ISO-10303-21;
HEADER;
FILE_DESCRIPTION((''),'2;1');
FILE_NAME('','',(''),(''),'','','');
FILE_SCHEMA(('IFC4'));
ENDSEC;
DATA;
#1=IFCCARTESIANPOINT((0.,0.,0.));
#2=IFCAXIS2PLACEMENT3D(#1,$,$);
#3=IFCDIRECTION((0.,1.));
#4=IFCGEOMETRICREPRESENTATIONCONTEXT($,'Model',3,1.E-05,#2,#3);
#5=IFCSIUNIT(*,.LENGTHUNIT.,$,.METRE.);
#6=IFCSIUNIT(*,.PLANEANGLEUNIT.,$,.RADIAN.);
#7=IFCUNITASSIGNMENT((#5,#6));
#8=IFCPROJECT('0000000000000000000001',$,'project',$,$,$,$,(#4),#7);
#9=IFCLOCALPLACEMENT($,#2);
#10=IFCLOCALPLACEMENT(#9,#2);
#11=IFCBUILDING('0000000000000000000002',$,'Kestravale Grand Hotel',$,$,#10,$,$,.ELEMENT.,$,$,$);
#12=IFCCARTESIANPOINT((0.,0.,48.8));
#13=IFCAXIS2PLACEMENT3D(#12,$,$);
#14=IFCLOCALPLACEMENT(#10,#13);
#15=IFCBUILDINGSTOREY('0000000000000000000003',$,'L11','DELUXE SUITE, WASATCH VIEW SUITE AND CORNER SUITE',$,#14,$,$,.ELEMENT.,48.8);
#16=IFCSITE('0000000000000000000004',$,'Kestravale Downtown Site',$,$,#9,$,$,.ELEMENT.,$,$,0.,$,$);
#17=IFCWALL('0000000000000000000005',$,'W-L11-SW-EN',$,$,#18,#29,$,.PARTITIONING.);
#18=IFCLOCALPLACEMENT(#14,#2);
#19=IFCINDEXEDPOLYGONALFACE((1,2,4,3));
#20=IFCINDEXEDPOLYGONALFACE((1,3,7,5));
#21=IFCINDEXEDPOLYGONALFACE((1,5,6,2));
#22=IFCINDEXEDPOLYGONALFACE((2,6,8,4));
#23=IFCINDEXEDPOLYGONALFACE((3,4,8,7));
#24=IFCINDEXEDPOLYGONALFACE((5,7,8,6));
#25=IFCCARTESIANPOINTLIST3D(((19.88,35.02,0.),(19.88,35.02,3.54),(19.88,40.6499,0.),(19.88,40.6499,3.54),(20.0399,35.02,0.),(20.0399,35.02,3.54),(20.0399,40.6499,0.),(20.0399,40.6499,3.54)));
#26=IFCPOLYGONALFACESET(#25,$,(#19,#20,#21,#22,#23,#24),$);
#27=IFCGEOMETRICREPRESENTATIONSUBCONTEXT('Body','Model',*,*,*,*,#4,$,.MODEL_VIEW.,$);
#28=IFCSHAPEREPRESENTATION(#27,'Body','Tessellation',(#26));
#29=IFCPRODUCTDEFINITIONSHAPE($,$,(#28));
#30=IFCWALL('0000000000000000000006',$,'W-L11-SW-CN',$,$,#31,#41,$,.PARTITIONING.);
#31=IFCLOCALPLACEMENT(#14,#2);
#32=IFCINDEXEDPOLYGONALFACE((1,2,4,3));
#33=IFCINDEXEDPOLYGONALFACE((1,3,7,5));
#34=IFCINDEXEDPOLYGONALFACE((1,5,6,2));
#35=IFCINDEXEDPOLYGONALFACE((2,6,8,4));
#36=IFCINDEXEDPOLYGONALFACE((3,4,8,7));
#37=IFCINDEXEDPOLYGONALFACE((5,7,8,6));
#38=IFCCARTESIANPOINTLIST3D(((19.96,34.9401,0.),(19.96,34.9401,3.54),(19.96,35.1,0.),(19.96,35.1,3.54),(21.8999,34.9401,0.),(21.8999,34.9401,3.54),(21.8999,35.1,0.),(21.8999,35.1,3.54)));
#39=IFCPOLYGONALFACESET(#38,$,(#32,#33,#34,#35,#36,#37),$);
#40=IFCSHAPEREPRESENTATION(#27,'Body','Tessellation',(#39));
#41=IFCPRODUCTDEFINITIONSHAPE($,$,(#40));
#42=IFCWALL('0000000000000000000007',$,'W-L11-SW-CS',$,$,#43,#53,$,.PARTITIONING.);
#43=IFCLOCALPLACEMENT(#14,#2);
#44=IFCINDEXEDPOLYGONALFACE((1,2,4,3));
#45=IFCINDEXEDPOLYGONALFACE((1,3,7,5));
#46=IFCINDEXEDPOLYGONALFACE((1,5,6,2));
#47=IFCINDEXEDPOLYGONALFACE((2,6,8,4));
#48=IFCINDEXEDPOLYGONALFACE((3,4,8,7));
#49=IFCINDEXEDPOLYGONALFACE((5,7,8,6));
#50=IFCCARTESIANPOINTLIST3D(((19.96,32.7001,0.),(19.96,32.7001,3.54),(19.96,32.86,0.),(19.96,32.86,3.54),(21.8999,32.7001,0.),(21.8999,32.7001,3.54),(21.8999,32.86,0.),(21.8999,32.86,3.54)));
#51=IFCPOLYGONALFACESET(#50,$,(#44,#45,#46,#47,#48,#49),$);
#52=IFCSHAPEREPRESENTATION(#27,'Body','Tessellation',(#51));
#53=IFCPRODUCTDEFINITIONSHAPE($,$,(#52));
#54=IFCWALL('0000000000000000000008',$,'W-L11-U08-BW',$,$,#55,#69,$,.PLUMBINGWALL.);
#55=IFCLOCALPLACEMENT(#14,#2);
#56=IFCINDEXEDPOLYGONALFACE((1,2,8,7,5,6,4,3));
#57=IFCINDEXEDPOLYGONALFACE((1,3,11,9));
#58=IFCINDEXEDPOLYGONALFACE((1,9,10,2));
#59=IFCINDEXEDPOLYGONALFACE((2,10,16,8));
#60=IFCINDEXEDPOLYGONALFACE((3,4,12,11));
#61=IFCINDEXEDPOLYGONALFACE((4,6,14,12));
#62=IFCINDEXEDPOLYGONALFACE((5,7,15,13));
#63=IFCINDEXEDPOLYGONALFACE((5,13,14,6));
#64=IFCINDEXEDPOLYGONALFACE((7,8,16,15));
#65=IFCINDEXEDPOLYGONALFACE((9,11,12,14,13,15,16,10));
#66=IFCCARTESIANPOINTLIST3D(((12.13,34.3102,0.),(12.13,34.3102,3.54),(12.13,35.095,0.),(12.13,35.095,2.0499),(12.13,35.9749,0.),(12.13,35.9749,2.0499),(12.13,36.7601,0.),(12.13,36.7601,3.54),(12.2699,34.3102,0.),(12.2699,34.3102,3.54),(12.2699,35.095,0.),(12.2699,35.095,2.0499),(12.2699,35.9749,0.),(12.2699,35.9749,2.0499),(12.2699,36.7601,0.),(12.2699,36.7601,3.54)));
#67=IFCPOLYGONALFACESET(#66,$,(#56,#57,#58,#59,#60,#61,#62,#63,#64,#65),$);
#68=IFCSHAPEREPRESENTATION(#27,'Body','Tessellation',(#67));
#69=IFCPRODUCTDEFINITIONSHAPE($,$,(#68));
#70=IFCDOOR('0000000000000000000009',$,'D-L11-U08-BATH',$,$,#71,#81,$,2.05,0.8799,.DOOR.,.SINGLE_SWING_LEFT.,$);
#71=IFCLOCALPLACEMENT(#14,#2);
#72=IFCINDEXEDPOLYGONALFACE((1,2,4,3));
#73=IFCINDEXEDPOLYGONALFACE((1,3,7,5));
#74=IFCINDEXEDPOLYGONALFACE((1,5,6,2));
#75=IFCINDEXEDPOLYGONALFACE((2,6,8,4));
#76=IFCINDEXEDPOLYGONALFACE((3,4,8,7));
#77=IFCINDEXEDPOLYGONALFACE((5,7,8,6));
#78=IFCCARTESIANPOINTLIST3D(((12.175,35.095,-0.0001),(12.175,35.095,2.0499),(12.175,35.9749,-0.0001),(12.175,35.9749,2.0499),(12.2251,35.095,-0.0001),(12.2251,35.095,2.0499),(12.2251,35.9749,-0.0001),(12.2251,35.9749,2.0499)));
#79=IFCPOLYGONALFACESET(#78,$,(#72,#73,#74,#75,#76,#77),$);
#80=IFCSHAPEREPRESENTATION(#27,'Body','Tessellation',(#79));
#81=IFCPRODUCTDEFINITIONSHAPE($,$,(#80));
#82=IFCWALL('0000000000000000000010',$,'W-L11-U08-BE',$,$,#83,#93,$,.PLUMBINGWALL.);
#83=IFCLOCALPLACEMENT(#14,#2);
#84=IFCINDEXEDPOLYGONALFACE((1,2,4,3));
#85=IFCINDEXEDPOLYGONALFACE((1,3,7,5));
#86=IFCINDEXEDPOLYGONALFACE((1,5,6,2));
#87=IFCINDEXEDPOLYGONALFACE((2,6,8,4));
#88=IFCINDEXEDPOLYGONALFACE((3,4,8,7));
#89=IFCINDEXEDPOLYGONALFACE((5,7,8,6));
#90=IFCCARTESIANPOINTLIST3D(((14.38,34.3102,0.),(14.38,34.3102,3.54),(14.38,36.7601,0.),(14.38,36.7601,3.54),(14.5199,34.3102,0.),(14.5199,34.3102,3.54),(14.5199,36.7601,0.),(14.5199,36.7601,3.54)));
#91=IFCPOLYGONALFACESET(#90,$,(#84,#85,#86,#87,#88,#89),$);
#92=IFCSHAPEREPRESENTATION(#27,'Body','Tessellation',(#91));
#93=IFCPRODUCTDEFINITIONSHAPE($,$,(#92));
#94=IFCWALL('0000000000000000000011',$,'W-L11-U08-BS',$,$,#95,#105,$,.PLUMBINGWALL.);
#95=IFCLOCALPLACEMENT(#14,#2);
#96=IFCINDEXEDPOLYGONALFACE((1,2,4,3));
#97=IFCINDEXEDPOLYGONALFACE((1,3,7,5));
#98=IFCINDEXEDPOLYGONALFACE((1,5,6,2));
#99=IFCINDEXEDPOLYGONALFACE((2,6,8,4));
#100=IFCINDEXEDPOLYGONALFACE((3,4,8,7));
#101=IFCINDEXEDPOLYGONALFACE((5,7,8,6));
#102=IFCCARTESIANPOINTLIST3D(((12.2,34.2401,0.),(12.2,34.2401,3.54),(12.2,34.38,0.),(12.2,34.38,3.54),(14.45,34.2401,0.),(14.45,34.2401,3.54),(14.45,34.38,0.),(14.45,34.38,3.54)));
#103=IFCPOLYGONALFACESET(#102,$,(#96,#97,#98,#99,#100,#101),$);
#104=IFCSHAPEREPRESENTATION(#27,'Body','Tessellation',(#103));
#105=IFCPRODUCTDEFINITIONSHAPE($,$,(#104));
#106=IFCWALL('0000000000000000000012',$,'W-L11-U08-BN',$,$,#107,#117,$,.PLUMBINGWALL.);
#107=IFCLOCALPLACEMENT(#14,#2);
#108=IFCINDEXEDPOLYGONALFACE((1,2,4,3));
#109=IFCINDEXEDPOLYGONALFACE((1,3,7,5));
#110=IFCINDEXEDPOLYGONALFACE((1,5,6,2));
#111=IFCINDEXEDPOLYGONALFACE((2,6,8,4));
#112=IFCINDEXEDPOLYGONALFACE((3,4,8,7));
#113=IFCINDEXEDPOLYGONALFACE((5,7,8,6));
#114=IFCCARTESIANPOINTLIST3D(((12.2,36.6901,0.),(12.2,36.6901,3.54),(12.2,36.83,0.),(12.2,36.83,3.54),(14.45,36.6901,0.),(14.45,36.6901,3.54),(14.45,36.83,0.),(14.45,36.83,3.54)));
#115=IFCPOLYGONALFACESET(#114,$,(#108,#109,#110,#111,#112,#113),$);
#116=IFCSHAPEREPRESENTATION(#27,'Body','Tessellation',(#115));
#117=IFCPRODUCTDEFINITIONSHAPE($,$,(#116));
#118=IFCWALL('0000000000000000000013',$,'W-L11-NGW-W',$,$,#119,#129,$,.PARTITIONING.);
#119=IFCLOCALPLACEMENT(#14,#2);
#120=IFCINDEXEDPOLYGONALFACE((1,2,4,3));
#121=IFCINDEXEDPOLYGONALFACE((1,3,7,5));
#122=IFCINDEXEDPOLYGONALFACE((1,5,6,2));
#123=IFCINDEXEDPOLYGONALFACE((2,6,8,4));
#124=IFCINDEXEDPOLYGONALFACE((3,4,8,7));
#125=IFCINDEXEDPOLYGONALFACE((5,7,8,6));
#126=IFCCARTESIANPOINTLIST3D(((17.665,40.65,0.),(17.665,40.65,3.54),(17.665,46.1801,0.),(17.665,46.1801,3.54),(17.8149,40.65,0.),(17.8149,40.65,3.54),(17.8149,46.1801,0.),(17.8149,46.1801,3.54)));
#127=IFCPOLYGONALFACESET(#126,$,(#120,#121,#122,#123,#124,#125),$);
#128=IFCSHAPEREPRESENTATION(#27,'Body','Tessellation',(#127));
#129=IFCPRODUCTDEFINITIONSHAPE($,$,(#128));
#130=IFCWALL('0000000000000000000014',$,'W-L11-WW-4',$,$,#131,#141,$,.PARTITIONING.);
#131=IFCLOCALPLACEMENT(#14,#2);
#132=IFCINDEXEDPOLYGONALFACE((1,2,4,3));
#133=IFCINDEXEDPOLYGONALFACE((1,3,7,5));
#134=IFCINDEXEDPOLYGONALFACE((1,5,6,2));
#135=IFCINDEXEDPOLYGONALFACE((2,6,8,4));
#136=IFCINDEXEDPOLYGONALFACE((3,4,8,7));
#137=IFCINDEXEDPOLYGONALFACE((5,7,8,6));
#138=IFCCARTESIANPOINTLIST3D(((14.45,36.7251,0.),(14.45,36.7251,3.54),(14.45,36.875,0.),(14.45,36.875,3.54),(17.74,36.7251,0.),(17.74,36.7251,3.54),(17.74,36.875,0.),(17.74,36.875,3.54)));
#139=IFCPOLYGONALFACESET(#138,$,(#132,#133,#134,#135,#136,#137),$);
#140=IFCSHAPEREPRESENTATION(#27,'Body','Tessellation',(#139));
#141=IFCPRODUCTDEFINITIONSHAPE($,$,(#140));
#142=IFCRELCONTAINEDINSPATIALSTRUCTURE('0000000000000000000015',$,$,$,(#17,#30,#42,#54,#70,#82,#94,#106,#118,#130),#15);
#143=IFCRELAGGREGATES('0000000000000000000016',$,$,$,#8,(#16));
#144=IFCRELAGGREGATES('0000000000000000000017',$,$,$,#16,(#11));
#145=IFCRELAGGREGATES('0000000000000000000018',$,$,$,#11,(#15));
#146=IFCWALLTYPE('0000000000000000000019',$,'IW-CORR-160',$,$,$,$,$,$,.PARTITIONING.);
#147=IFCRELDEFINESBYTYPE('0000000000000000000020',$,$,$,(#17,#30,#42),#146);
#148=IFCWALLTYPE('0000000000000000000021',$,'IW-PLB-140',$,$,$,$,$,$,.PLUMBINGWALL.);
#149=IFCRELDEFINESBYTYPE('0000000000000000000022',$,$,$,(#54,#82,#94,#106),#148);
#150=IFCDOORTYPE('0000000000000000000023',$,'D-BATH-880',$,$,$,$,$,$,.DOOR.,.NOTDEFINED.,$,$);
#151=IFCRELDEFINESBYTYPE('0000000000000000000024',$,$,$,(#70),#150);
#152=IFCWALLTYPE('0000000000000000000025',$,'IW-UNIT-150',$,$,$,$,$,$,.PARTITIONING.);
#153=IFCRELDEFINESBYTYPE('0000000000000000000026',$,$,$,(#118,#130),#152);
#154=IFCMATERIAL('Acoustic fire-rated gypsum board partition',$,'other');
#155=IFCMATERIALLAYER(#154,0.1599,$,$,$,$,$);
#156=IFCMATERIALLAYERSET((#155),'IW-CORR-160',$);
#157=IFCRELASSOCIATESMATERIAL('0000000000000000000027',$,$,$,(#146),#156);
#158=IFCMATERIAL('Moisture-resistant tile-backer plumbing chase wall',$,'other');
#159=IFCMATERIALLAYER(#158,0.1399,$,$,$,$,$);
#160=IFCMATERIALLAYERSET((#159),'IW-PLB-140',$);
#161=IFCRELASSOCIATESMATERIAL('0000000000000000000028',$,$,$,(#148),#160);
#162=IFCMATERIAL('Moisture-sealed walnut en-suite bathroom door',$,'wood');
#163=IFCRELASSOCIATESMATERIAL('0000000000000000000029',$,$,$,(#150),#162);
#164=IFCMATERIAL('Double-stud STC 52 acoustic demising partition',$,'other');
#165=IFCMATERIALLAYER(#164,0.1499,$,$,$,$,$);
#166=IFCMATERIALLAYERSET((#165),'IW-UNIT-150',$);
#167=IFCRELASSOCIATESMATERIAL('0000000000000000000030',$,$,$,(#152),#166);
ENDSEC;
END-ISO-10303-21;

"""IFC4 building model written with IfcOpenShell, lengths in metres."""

from ifc_helpers import new_model, si_unit, direction, frame, frame_2d, origin, place, context, subcontext, project, spatial, rectangle, extrude, material, layer, layer_set, type_object, element, fill, save


model = new_model("IFC4")

# Units and contexts
model_context = context("Model", 3, precision=1e-05, world=origin(), true_north=direction((0.0, 1.0)))
body_context = subcontext(model_context, "Body", "Model", "MODEL_VIEW")
ifc_project = project(units=[si_unit("LENGTHUNIT", "METRE"), si_unit("PLANEANGLEUNIT", "RADIAN")], contexts=[model_context])

# Site, building, storey
site_placement = place(None, origin())
site = spatial("IfcSite", under=ifc_project, at=site_placement, Name="Kestravale Downtown Site", CompositionType="ELEMENT", RefElevation=0.0)
building_placement = place(site_placement, origin())
building = spatial("IfcBuilding", under=site, at=building_placement, Name="Kestravale Grand Hotel", CompositionType="ELEMENT")
storey_placement = place(building_placement, frame((0.0, 0.0, 48.8)))
storey = spatial("IfcBuildingStorey", under=building, at=storey_placement, Name="L11", Description="DELUXE SUITE, WASATCH VIEW SUITE AND CORNER SUITE", CompositionType="ELEMENT", Elevation=48.8)

# Walls
ifc_material_1 = material(Name="Acoustic fire-rated gypsum board partition", Category="other")
ifc_layer_1 = layer(ifc_material_1, 0.1599)
ifc_layer_set_1 = layer_set([ifc_layer_1], Name="IW-CORR-160")
wall_type_1 = type_object("IfcWallType", Name="IW-CORR-160", PredefinedType="PARTITIONING", material=ifc_layer_set_1)
wall_1_placement = place(storey_placement, frame((19.96, 35.02, 0.0), z_axis=(0.0, 0.0, 1.0), x_axis=(0.0, 1.0, 0.0)))
element("IfcWall", 1, at=wall_1_placement, inside=storey, type_object=wall_type_1, Name="W-L11-SW-EN", PredefinedType="PARTITIONING", context=body_context, shape_type="SweptSolid", body=[
    extrude(rectangle(XDim=5.6299, YDim=0.1599, at=frame_2d((2.8149, 0.0))), origin(), (0.0, 0.0, 1.0), 3.54),
])
for number, where, z_axis, x_axis, name in (
    (2, (19.96, 35.02, 0.0), (0.0, 0.0, 1.0), (1.0, 0.0, 0.0), "W-L11-SW-CN"),
    (3, (19.96, 32.78, 0.0), (0.0, 0.0, 1.0), (1.0, 0.0, 0.0), "W-L11-SW-CS"),
):
    element("IfcWall", number, at=place(storey_placement, frame(where, z_axis=z_axis, x_axis=x_axis)), inside=storey, type_object=wall_type_1, Name=name, PredefinedType="PARTITIONING", context=body_context, shape_type="SweptSolid", body=[
        extrude(rectangle(XDim=1.9399, YDim=0.1599, at=frame_2d((0.97, 0.0))), origin(), (0.0, 0.0, 1.0), 3.54),
    ])

# Wall, opening, door
ifc_material_2 = material(Name="Moisture-resistant tile-backer plumbing chase wall", Category="other")
ifc_layer_2 = layer(ifc_material_2, 0.1399)
ifc_layer_set_2 = layer_set([ifc_layer_2], Name="IW-PLB-140")
wall_type_2 = type_object("IfcWallType", Name="IW-PLB-140", PredefinedType="PLUMBINGWALL", material=ifc_layer_set_2)
wall_2_placement = place(storey_placement, frame((12.2, 34.3101, 0.0), z_axis=(0.0, 0.0, 1.0), x_axis=(0.0, 1.0, 0.0)))
wall_2 = element("IfcWall", 4, at=wall_2_placement, inside=storey, type_object=wall_type_2, Name="W-L11-U08-BW", PredefinedType="PLUMBINGWALL", context=body_context, shape_type="SweptSolid", body=[
    extrude(rectangle(XDim=2.45, YDim=0.1399, at=frame_2d((1.2251, 0.0))), origin(), (0.0, 0.0, 1.0), 3.54),
])
opening_1_placement = place(wall_2_placement, frame((0.7849, 0.0, 0.0)))
opening_1 = element("IfcOpeningElement", 5, at=opening_1_placement, cuts=wall_2, PredefinedType="OPENING", context=body_context, shape_type="SweptSolid", body=[
    extrude(rectangle(XDim=0.8799, YDim=2.05, at=frame_2d((0.4399, 1.0249))), frame((0.0, 0.0798, 0.0), z_axis=(0.0, -1.0, 0.0), x_axis=(1.0, 0.0, 0.0)), (0.0, 0.0, 1.0), 0.1599),
])
ifc_material_3 = material(Name="Moisture-sealed walnut en-suite bathroom door", Category="wood")
door_type_1 = type_object("IfcDoorType", Name="D-BATH-880", OperationType="NOTDEFINED", PredefinedType="DOOR", material=ifc_material_3)
door_1_placement = place(opening_1_placement, origin())
door_1 = element("IfcDoor", 6, at=door_1_placement, inside=storey, type_object=door_type_1, Name="D-L11-U08-BATH", OperationType="SINGLE_SWING_LEFT", OverallHeight=2.05, OverallWidth=0.8799, PredefinedType="DOOR", context=body_context, shape_type="SweptSolid", body=[
    extrude(rectangle(XDim=0.8799, YDim=2.05, at=frame_2d((0.4399, 1.0249))), frame((0.0, 0.0249, 0.0), z_axis=(0.0, -1.0, 0.0), x_axis=(1.0, 0.0, 0.0)), (0.0, 0.0, 1.0), 0.05),
])
fill(opening_1, door_1)

# Walls
wall_3_placement = place(storey_placement, frame((14.45, 34.3101, 0.0), z_axis=(0.0, 0.0, 1.0), x_axis=(0.0, 1.0, 0.0)))
element("IfcWall", 7, at=wall_3_placement, inside=storey, type_object=wall_type_2, Name="W-L11-U08-BE", PredefinedType="PLUMBINGWALL", context=body_context, shape_type="SweptSolid", body=[
    extrude(rectangle(XDim=2.45, YDim=0.1399, at=frame_2d((1.2251, 0.0))), origin(), (0.0, 0.0, 1.0), 3.54),
])
for number, where, z_axis, x_axis, name in (
    (8, (12.2, 34.3101, 0.0), (0.0, 0.0, 1.0), (1.0, 0.0, 0.0), "W-L11-U08-BS"),
    (9, (12.2, 36.76, 0.0), (0.0, 0.0, 1.0), (1.0, 0.0, 0.0), "W-L11-U08-BN"),
):
    element("IfcWall", number, at=place(storey_placement, frame(where, z_axis=z_axis, x_axis=x_axis)), inside=storey, type_object=wall_type_2, Name=name, PredefinedType="PLUMBINGWALL", context=body_context, shape_type="SweptSolid", body=[
        extrude(rectangle(XDim=2.25, YDim=0.1399, at=frame_2d((1.125, 0.0))), origin(), (0.0, 0.0, 1.0), 3.54),
    ])

# Shared definitions
ifc_material_4 = material(Name="Double-stud STC 52 acoustic demising partition", Category="other")
ifc_layer_3 = layer(ifc_material_4, 0.1499)
ifc_layer_set_3 = layer_set([ifc_layer_3], Name="IW-UNIT-150")
wall_type_3 = type_object("IfcWallType", Name="IW-UNIT-150", PredefinedType="PARTITIONING", material=ifc_layer_set_3)

# Walls
wall_4_placement = place(storey_placement, frame((17.74, 40.6499, 0.0), z_axis=(0.0, 0.0, 1.0), x_axis=(0.0, 1.0, 0.0)))
element("IfcWall", 10, at=wall_4_placement, inside=storey, type_object=wall_type_3, Name="W-L11-NGW-W", PredefinedType="PARTITIONING", context=body_context, shape_type="SweptSolid", body=[
    extrude(rectangle(XDim=5.53, YDim=0.1499, at=frame_2d((2.7651, 0.0))), origin(), (0.0, 0.0, 1.0), 3.54),
])
wall_5_placement = place(storey_placement, frame((14.45, 36.8, 0.0), z_axis=(0.0, 0.0, 1.0), x_axis=(1.0, 0.0, 0.0)))
element("IfcWall", 11, at=wall_5_placement, inside=storey, type_object=wall_type_3, Name="W-L11-WW-4", PredefinedType="PARTITIONING", context=body_context, shape_type="SweptSolid", body=[
    extrude(rectangle(XDim=3.29, YDim=0.1499, at=frame_2d((1.645, 0.0))), origin(), (0.0, 0.0, 1.0), 3.54),
])

save(model, "model.ifc")
